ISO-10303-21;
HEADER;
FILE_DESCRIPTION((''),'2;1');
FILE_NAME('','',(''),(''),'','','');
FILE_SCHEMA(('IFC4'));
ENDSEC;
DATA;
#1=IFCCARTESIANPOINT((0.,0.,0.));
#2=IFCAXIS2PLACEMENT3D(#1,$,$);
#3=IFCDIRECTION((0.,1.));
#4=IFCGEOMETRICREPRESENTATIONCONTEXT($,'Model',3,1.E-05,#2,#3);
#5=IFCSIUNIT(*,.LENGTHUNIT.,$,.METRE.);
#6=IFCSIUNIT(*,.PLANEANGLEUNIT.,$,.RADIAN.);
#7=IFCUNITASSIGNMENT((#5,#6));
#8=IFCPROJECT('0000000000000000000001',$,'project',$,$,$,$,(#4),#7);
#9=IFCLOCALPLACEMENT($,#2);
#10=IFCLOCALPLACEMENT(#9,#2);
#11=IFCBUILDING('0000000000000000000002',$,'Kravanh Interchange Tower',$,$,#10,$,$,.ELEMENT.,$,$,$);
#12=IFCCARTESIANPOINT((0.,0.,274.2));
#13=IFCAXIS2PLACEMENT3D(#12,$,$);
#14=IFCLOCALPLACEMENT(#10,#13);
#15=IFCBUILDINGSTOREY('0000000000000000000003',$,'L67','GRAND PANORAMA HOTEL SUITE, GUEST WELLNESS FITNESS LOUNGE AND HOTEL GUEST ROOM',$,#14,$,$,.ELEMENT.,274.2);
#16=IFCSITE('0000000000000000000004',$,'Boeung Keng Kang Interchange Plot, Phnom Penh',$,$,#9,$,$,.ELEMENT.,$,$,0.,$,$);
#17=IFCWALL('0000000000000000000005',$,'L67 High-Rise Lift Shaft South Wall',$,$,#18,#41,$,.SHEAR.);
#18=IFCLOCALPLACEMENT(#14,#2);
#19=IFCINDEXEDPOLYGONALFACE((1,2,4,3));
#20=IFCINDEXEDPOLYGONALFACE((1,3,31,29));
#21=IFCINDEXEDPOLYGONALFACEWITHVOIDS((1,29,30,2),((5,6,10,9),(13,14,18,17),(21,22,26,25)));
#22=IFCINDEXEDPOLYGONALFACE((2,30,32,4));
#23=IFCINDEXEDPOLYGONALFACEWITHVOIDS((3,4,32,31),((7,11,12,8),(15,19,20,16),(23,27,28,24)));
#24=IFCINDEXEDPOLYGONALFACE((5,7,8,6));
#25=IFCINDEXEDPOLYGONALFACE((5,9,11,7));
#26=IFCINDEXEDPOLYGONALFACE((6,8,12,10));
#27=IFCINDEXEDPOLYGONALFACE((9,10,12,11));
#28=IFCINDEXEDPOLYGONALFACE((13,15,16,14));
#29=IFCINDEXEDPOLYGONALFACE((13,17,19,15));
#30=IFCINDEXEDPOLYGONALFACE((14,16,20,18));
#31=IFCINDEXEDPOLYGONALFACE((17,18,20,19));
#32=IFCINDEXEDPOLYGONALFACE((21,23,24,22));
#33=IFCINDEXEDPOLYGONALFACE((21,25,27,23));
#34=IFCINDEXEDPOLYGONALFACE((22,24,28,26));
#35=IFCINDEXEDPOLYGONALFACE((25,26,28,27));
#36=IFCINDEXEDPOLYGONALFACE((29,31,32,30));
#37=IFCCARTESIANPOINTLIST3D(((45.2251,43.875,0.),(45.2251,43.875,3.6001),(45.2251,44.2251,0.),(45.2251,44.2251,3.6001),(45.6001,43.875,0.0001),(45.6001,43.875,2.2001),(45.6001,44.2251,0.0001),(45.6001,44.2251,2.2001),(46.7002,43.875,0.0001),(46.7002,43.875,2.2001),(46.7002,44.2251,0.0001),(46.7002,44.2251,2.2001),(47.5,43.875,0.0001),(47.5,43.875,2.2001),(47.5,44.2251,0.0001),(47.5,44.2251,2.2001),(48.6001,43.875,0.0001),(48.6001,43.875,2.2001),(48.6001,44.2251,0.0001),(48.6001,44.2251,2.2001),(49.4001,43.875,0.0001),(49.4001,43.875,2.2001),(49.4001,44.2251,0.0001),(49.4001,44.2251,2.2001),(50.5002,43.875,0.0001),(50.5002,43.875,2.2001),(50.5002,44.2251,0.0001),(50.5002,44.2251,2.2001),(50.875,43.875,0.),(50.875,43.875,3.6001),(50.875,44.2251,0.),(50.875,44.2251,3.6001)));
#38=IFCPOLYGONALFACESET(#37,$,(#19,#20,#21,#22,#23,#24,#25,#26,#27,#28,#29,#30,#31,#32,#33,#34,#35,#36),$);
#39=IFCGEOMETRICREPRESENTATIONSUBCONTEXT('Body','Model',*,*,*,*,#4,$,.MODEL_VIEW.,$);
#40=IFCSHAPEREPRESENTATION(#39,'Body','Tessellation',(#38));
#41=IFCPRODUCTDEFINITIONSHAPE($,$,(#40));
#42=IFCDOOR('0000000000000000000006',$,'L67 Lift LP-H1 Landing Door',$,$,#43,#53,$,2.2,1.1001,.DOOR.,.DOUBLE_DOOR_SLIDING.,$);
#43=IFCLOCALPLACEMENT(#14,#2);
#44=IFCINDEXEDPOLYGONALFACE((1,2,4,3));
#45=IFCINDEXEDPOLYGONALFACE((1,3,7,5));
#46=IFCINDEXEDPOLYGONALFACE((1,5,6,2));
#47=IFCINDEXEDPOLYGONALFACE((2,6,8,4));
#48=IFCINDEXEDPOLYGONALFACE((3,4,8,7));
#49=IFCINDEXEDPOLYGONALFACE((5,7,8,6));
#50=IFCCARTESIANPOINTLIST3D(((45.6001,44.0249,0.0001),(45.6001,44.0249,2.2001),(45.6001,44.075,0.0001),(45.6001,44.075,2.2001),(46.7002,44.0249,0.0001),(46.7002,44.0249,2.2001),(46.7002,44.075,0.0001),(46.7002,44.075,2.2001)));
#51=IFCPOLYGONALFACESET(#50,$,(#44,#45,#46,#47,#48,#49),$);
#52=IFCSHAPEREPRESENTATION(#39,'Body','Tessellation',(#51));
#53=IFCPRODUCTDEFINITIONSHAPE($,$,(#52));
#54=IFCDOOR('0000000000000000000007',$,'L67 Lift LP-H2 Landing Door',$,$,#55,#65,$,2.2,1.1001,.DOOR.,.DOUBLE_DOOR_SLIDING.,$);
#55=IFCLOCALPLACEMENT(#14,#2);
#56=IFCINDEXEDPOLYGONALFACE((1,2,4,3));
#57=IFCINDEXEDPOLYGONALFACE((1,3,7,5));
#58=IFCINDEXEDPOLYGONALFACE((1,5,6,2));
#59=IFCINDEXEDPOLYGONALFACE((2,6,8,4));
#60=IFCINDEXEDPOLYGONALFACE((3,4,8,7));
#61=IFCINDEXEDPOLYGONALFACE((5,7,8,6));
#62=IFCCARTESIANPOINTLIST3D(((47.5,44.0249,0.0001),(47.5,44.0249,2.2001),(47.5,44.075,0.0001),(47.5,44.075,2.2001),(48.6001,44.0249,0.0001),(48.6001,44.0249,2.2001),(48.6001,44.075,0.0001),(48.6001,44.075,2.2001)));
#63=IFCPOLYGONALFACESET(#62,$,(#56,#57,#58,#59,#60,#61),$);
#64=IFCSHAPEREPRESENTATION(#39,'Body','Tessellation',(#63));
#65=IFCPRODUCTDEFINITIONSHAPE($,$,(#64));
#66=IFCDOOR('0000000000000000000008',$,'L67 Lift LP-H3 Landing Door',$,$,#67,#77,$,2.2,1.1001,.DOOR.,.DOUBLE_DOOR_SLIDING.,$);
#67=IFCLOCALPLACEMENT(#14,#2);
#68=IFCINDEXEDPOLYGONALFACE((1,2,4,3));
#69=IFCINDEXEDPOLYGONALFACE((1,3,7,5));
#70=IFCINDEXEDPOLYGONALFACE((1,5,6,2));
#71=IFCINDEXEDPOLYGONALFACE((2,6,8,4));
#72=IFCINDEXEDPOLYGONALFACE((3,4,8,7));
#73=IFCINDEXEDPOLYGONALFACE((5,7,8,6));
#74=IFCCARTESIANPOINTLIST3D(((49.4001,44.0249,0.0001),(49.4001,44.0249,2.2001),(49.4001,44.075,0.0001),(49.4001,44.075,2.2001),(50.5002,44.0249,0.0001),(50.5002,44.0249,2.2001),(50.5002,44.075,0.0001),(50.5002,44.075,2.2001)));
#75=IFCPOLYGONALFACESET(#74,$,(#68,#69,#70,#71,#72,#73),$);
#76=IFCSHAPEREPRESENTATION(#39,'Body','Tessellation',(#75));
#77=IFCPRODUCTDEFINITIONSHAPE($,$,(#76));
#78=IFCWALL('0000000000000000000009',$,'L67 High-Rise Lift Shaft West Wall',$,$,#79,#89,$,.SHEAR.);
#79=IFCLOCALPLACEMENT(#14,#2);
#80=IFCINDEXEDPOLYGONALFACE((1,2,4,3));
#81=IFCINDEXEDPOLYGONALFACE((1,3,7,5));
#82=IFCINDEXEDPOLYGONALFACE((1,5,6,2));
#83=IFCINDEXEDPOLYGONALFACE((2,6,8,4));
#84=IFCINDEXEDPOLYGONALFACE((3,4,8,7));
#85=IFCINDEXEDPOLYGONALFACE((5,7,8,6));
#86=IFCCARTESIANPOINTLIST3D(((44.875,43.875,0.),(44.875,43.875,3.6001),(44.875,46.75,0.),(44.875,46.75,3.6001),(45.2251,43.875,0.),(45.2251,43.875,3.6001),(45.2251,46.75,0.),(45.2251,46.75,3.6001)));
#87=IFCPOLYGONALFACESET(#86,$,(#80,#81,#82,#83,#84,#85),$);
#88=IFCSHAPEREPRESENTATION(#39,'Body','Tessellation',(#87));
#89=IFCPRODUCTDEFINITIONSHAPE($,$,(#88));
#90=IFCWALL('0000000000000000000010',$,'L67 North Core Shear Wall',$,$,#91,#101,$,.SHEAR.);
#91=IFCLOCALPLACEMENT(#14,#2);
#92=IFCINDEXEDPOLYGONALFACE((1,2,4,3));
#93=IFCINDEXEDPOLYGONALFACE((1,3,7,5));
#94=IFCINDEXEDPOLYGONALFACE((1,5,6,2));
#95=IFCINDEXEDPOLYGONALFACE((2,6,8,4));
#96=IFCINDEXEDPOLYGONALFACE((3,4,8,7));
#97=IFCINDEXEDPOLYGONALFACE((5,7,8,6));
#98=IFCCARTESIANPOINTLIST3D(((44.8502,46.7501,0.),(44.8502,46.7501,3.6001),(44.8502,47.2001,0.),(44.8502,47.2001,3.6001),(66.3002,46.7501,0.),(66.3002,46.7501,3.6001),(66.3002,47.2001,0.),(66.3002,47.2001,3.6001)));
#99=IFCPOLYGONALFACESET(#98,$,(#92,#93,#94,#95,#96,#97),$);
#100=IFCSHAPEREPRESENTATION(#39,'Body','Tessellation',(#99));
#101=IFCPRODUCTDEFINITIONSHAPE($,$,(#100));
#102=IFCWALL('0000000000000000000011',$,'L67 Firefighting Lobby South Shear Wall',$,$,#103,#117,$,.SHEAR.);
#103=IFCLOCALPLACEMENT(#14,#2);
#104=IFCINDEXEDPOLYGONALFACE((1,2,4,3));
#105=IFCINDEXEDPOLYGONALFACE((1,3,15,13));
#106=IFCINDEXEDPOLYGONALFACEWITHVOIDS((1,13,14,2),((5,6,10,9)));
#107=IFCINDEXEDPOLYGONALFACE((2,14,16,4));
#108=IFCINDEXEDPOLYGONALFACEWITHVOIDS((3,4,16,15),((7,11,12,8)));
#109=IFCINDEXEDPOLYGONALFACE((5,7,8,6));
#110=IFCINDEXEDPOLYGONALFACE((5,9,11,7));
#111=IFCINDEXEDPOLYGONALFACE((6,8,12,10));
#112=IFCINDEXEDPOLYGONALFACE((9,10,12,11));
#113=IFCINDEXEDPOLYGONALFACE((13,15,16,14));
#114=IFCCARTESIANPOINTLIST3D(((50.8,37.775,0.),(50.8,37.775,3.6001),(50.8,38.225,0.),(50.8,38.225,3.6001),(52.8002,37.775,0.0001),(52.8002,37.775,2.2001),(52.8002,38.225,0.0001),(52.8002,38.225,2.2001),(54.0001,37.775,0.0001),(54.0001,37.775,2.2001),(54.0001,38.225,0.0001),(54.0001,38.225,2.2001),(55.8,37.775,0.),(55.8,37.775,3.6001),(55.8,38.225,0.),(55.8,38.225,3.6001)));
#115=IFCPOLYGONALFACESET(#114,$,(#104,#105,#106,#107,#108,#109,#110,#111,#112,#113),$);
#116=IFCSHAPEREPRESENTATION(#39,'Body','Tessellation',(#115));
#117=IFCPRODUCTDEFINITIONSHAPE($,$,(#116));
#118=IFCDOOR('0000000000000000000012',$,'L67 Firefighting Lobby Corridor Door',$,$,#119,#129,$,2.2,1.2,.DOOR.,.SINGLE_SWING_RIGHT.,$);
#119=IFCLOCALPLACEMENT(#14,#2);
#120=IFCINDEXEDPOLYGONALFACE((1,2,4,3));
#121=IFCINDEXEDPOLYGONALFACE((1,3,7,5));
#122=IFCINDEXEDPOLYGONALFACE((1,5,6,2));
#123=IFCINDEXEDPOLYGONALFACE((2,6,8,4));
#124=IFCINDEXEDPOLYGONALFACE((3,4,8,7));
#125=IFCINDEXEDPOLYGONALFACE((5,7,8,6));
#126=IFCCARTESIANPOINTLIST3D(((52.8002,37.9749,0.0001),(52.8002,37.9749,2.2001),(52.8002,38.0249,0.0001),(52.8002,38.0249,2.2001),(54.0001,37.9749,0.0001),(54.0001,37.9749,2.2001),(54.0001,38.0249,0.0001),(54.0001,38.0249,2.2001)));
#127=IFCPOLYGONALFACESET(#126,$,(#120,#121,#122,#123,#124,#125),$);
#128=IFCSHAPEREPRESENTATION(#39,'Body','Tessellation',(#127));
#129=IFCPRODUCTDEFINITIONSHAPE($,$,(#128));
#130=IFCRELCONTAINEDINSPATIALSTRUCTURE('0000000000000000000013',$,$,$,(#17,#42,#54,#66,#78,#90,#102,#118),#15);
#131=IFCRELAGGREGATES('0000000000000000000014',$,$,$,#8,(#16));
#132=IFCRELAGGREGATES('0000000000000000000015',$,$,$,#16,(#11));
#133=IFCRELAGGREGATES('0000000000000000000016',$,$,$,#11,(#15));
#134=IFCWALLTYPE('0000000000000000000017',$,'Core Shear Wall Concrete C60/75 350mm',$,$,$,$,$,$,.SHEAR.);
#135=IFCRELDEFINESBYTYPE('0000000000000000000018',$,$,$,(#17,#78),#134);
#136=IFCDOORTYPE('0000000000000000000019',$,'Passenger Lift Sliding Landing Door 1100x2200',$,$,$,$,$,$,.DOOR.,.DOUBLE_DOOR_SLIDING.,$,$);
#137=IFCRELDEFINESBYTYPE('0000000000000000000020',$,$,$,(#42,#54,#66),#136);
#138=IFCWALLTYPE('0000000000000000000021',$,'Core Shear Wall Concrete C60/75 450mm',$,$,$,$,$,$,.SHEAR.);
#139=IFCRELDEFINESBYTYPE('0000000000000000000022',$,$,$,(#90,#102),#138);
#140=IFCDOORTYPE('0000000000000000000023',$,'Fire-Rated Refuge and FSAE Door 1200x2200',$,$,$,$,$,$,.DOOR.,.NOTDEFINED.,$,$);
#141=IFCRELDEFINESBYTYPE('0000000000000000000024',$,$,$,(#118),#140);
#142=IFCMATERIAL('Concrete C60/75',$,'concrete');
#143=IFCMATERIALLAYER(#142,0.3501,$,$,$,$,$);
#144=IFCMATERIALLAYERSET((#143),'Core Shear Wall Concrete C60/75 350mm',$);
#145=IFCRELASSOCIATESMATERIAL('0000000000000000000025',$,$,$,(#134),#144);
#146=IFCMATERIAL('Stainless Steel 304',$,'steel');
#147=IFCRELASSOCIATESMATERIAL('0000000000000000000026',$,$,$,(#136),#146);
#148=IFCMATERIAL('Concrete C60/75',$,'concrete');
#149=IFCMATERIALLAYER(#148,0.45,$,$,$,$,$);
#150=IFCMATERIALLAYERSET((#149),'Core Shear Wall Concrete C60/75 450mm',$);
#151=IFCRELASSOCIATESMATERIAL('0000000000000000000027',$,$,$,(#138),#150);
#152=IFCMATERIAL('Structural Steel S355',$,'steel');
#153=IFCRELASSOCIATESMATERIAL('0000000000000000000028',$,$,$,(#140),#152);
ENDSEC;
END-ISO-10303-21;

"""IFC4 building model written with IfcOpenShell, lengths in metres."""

from ifc_helpers import new_model, si_unit, direction, frame, frame_2d, origin, place, context, subcontext, project, spatial, rectangle, extrude, material, layer, layer_set, type_object, element, fill, save


model = new_model("IFC4")

# Units and contexts
model_context = context("Model", 3, precision=1e-05, world=origin(), true_north=direction((0.0, 1.0)))
body_context = subcontext(model_context, "Body", "Model", "MODEL_VIEW")
ifc_project = project(units=[si_unit("LENGTHUNIT", "METRE"), si_unit("PLANEANGLEUNIT", "RADIAN")], contexts=[model_context])

# Site, building, storey
site_placement = place(None, origin())
site = spatial("IfcSite", under=ifc_project, at=site_placement, Name="Boeung Keng Kang Interchange Plot, Phnom Penh", CompositionType="ELEMENT", RefElevation=0.0)
building_placement = place(site_placement, origin())
building = spatial("IfcBuilding", under=site, at=building_placement, Name="Kravanh Interchange Tower", CompositionType="ELEMENT")
storey_placement = place(building_placement, frame((0.0, 0.0, 274.2)))
storey = spatial("IfcBuildingStorey", under=building, at=storey_placement, Name="L67", Description="GRAND PANORAMA HOTEL SUITE, GUEST WELLNESS FITNESS LOUNGE AND HOTEL GUEST ROOM", CompositionType="ELEMENT", Elevation=274.2)

# Wall, openings, doors
ifc_material_1 = material(Name="Concrete C60/75", Category="concrete")
ifc_layer_1 = layer(ifc_material_1, 0.3501)
ifc_layer_set_1 = layer_set([ifc_layer_1], Name="Core Shear Wall Concrete C60/75 350mm")
wall_type_1 = type_object("IfcWallType", Name="Core Shear Wall Concrete C60/75 350mm", PredefinedType="SHEAR", material=ifc_layer_set_1)
wall_1_placement = place(storey_placement, frame((45.2251, 44.05, 0.0), z_axis=(0.0, 0.0, 1.0), x_axis=(1.0, 0.0, 0.0)))
wall_1 = element("IfcWall", 1, at=wall_1_placement, inside=storey, type_object=wall_type_1, Name="L67 High-Rise Lift Shaft South Wall", PredefinedType="SHEAR", context=body_context, shape_type="SweptSolid", body=[
    extrude(rectangle(XDim=5.6499, YDim=0.3501, at=frame_2d((2.825, 0.0))), origin(), (0.0, 0.0, 1.0), 3.6001),
])
opening_1_placement = place(wall_1_placement, frame((0.375, 0.0, 0.0)))
opening_1 = element("IfcOpeningElement", 2, at=opening_1_placement, cuts=wall_1, PredefinedType="OPENING", context=body_context, shape_type="SweptSolid", body=[
    extrude(rectangle(XDim=1.1001, YDim=2.2, at=frame_2d((0.55, 1.1001))), frame((0.0, 0.1851, 0.0), z_axis=(0.0, -1.0, 0.0), x_axis=(1.0, 0.0, 0.0)), (0.0, 0.0, 1.0), 0.3701),
])
opening_2_placement = place(wall_1_placement, frame((2.2749, 0.0, 0.0)))
opening_2 = element("IfcOpeningElement", 3, at=opening_2_placement, cuts=wall_1, PredefinedType="OPENING", context=body_context, shape_type="SweptSolid", body=[
    extrude(rectangle(XDim=1.1001, YDim=2.2, at=frame_2d((0.55, 1.1001))), frame((0.0, 0.1851, 0.0), z_axis=(0.0, -1.0, 0.0), x_axis=(1.0, 0.0, 0.0)), (0.0, 0.0, 1.0), 0.3701),
])
opening_3_placement = place(wall_1_placement, frame((4.175, 0.0, 0.0)))
opening_3 = element("IfcOpeningElement", 4, at=opening_3_placement, cuts=wall_1, PredefinedType="OPENING", context=body_context, shape_type="SweptSolid", body=[
    extrude(rectangle(XDim=1.1001, YDim=2.2, at=frame_2d((0.55, 1.1001))), frame((0.0, 0.1851, 0.0), z_axis=(0.0, -1.0, 0.0), x_axis=(1.0, 0.0, 0.0)), (0.0, 0.0, 1.0), 0.3701),
])
ifc_material_2 = material(Name="Stainless Steel 304", Category="steel")
door_type_1 = type_object("IfcDoorType", Name="Passenger Lift Sliding Landing Door 1100x2200", OperationType="DOUBLE_DOOR_SLIDING", PredefinedType="DOOR", material=ifc_material_2)
door_1_placement = place(opening_1_placement, origin())
door_1 = element("IfcDoor", 5, at=door_1_placement, inside=storey, type_object=door_type_1, Name="L67 Lift LP-H1 Landing Door", OperationType="DOUBLE_DOOR_SLIDING", OverallHeight=2.2, OverallWidth=1.1001, PredefinedType="DOOR", context=body_context, shape_type="SweptSolid", body=[
    extrude(rectangle(XDim=1.1001, YDim=2.2, at=frame_2d((0.55, 1.1001))), frame((0.0, 0.0249, 0.0), z_axis=(0.0, -1.0, 0.0), x_axis=(1.0, 0.0, 0.0)), (0.0, 0.0, 1.0), 0.05),
])
fill(opening_1, door_1)
door_2_placement = place(opening_2_placement, origin())
door_2 = element("IfcDoor", 6, at=door_2_placement, inside=storey, type_object=door_type_1, Name="L67 Lift LP-H2 Landing Door", OperationType="DOUBLE_DOOR_SLIDING", OverallHeight=2.2, OverallWidth=1.1001, PredefinedType="DOOR", context=body_context, shape_type="SweptSolid", body=[
    extrude(rectangle(XDim=1.1001, YDim=2.2, at=frame_2d((0.55, 1.1001))), frame((0.0, 0.0249, 0.0), z_axis=(0.0, -1.0, 0.0), x_axis=(1.0, 0.0, 0.0)), (0.0, 0.0, 1.0), 0.05),
])
fill(opening_2, door_2)
door_3_placement = place(opening_3_placement, origin())
door_3 = element("IfcDoor", 7, at=door_3_placement, inside=storey, type_object=door_type_1, Name="L67 Lift LP-H3 Landing Door", OperationType="DOUBLE_DOOR_SLIDING", OverallHeight=2.2, OverallWidth=1.1001, PredefinedType="DOOR", context=body_context, shape_type="SweptSolid", body=[
    extrude(rectangle(XDim=1.1001, YDim=2.2, at=frame_2d((0.55, 1.1001))), frame((0.0, 0.0249, 0.0), z_axis=(0.0, -1.0, 0.0), x_axis=(1.0, 0.0, 0.0)), (0.0, 0.0, 1.0), 0.05),
])
fill(opening_3, door_3)

# Walls
wall_2_placement = place(storey_placement, frame((45.05, 43.875, 0.0), z_axis=(0.0, 0.0, 1.0), x_axis=(0.0, 1.0, 0.0)))
element("IfcWall", 8, at=wall_2_placement, inside=storey, type_object=wall_type_1, Name="L67 High-Rise Lift Shaft West Wall", PredefinedType="SHEAR", context=body_context, shape_type="SweptSolid", body=[
    extrude(rectangle(XDim=2.875, YDim=0.3501, at=frame_2d((1.4375, 0.0))), origin(), (0.0, 0.0, 1.0), 3.6001),
])
ifc_material_3 = material(Name="Concrete C60/75", Category="concrete")
ifc_layer_2 = layer(ifc_material_3, 0.45)
ifc_layer_set_2 = layer_set([ifc_layer_2], Name="Core Shear Wall Concrete C60/75 450mm")
wall_type_2 = type_object("IfcWallType", Name="Core Shear Wall Concrete C60/75 450mm", PredefinedType="SHEAR", material=ifc_layer_set_2)
wall_3_placement = place(storey_placement, frame((44.8501, 46.9751, 0.0), z_axis=(0.0, 0.0, 1.0), x_axis=(1.0, 0.0, 0.0)))
element("IfcWall", 9, at=wall_3_placement, inside=storey, type_object=wall_type_2, Name="L67 North Core Shear Wall", PredefinedType="SHEAR", context=body_context, shape_type="SweptSolid", body=[
    extrude(rectangle(XDim=21.45, YDim=0.45, at=frame_2d((10.7251, 0.0))), origin(), (0.0, 0.0, 1.0), 3.6001),
])

# Wall, opening, door
wall_4_placement = place(storey_placement, frame((50.8, 38.0, 0.0), z_axis=(0.0, 0.0, 1.0), x_axis=(1.0, 0.0, 0.0)))
wall_4 = element("IfcWall", 10, at=wall_4_placement, inside=storey, type_object=wall_type_2, Name="L67 Firefighting Lobby South Shear Wall", PredefinedType="SHEAR", context=body_context, shape_type="SweptSolid", body=[
    extrude(rectangle(XDim=5.0, YDim=0.45, at=frame_2d((2.5, 0.0))), origin(), (0.0, 0.0, 1.0), 3.6001),
])
opening_4_placement = place(wall_4_placement, frame((2.0, 0.0, 0.0)))
opening_4 = element("IfcOpeningElement", 11, at=opening_4_placement, cuts=wall_4, PredefinedType="OPENING", context=body_context, shape_type="SweptSolid", body=[
    extrude(rectangle(XDim=1.2, YDim=2.2, at=frame_2d((0.6001, 1.1001))), frame((0.0, 0.2349, 0.0), z_axis=(0.0, -1.0, 0.0), x_axis=(1.0, 0.0, 0.0)), (0.0, 0.0, 1.0), 0.47),
])
ifc_material_4 = material(Name="Structural Steel S355", Category="steel")
door_type_2 = type_object("IfcDoorType", Name="Fire-Rated Refuge and FSAE Door 1200x2200", OperationType="NOTDEFINED", PredefinedType="DOOR", material=ifc_material_4)
door_4_placement = place(opening_4_placement, origin())
door_4 = element("IfcDoor", 12, at=door_4_placement, inside=storey, type_object=door_type_2, Name="L67 Firefighting Lobby Corridor Door", OperationType="SINGLE_SWING_RIGHT", OverallHeight=2.2, OverallWidth=1.2, PredefinedType="DOOR", context=body_context, shape_type="SweptSolid", body=[
    extrude(rectangle(XDim=1.2, YDim=2.2, at=frame_2d((0.6001, 1.1001))), frame((0.0, 0.0249, 0.0), z_axis=(0.0, -1.0, 0.0), x_axis=(1.0, 0.0, 0.0)), (0.0, 0.0, 1.0), 0.05),
])
fill(opening_4, door_4)

save(model, "model.ifc")
